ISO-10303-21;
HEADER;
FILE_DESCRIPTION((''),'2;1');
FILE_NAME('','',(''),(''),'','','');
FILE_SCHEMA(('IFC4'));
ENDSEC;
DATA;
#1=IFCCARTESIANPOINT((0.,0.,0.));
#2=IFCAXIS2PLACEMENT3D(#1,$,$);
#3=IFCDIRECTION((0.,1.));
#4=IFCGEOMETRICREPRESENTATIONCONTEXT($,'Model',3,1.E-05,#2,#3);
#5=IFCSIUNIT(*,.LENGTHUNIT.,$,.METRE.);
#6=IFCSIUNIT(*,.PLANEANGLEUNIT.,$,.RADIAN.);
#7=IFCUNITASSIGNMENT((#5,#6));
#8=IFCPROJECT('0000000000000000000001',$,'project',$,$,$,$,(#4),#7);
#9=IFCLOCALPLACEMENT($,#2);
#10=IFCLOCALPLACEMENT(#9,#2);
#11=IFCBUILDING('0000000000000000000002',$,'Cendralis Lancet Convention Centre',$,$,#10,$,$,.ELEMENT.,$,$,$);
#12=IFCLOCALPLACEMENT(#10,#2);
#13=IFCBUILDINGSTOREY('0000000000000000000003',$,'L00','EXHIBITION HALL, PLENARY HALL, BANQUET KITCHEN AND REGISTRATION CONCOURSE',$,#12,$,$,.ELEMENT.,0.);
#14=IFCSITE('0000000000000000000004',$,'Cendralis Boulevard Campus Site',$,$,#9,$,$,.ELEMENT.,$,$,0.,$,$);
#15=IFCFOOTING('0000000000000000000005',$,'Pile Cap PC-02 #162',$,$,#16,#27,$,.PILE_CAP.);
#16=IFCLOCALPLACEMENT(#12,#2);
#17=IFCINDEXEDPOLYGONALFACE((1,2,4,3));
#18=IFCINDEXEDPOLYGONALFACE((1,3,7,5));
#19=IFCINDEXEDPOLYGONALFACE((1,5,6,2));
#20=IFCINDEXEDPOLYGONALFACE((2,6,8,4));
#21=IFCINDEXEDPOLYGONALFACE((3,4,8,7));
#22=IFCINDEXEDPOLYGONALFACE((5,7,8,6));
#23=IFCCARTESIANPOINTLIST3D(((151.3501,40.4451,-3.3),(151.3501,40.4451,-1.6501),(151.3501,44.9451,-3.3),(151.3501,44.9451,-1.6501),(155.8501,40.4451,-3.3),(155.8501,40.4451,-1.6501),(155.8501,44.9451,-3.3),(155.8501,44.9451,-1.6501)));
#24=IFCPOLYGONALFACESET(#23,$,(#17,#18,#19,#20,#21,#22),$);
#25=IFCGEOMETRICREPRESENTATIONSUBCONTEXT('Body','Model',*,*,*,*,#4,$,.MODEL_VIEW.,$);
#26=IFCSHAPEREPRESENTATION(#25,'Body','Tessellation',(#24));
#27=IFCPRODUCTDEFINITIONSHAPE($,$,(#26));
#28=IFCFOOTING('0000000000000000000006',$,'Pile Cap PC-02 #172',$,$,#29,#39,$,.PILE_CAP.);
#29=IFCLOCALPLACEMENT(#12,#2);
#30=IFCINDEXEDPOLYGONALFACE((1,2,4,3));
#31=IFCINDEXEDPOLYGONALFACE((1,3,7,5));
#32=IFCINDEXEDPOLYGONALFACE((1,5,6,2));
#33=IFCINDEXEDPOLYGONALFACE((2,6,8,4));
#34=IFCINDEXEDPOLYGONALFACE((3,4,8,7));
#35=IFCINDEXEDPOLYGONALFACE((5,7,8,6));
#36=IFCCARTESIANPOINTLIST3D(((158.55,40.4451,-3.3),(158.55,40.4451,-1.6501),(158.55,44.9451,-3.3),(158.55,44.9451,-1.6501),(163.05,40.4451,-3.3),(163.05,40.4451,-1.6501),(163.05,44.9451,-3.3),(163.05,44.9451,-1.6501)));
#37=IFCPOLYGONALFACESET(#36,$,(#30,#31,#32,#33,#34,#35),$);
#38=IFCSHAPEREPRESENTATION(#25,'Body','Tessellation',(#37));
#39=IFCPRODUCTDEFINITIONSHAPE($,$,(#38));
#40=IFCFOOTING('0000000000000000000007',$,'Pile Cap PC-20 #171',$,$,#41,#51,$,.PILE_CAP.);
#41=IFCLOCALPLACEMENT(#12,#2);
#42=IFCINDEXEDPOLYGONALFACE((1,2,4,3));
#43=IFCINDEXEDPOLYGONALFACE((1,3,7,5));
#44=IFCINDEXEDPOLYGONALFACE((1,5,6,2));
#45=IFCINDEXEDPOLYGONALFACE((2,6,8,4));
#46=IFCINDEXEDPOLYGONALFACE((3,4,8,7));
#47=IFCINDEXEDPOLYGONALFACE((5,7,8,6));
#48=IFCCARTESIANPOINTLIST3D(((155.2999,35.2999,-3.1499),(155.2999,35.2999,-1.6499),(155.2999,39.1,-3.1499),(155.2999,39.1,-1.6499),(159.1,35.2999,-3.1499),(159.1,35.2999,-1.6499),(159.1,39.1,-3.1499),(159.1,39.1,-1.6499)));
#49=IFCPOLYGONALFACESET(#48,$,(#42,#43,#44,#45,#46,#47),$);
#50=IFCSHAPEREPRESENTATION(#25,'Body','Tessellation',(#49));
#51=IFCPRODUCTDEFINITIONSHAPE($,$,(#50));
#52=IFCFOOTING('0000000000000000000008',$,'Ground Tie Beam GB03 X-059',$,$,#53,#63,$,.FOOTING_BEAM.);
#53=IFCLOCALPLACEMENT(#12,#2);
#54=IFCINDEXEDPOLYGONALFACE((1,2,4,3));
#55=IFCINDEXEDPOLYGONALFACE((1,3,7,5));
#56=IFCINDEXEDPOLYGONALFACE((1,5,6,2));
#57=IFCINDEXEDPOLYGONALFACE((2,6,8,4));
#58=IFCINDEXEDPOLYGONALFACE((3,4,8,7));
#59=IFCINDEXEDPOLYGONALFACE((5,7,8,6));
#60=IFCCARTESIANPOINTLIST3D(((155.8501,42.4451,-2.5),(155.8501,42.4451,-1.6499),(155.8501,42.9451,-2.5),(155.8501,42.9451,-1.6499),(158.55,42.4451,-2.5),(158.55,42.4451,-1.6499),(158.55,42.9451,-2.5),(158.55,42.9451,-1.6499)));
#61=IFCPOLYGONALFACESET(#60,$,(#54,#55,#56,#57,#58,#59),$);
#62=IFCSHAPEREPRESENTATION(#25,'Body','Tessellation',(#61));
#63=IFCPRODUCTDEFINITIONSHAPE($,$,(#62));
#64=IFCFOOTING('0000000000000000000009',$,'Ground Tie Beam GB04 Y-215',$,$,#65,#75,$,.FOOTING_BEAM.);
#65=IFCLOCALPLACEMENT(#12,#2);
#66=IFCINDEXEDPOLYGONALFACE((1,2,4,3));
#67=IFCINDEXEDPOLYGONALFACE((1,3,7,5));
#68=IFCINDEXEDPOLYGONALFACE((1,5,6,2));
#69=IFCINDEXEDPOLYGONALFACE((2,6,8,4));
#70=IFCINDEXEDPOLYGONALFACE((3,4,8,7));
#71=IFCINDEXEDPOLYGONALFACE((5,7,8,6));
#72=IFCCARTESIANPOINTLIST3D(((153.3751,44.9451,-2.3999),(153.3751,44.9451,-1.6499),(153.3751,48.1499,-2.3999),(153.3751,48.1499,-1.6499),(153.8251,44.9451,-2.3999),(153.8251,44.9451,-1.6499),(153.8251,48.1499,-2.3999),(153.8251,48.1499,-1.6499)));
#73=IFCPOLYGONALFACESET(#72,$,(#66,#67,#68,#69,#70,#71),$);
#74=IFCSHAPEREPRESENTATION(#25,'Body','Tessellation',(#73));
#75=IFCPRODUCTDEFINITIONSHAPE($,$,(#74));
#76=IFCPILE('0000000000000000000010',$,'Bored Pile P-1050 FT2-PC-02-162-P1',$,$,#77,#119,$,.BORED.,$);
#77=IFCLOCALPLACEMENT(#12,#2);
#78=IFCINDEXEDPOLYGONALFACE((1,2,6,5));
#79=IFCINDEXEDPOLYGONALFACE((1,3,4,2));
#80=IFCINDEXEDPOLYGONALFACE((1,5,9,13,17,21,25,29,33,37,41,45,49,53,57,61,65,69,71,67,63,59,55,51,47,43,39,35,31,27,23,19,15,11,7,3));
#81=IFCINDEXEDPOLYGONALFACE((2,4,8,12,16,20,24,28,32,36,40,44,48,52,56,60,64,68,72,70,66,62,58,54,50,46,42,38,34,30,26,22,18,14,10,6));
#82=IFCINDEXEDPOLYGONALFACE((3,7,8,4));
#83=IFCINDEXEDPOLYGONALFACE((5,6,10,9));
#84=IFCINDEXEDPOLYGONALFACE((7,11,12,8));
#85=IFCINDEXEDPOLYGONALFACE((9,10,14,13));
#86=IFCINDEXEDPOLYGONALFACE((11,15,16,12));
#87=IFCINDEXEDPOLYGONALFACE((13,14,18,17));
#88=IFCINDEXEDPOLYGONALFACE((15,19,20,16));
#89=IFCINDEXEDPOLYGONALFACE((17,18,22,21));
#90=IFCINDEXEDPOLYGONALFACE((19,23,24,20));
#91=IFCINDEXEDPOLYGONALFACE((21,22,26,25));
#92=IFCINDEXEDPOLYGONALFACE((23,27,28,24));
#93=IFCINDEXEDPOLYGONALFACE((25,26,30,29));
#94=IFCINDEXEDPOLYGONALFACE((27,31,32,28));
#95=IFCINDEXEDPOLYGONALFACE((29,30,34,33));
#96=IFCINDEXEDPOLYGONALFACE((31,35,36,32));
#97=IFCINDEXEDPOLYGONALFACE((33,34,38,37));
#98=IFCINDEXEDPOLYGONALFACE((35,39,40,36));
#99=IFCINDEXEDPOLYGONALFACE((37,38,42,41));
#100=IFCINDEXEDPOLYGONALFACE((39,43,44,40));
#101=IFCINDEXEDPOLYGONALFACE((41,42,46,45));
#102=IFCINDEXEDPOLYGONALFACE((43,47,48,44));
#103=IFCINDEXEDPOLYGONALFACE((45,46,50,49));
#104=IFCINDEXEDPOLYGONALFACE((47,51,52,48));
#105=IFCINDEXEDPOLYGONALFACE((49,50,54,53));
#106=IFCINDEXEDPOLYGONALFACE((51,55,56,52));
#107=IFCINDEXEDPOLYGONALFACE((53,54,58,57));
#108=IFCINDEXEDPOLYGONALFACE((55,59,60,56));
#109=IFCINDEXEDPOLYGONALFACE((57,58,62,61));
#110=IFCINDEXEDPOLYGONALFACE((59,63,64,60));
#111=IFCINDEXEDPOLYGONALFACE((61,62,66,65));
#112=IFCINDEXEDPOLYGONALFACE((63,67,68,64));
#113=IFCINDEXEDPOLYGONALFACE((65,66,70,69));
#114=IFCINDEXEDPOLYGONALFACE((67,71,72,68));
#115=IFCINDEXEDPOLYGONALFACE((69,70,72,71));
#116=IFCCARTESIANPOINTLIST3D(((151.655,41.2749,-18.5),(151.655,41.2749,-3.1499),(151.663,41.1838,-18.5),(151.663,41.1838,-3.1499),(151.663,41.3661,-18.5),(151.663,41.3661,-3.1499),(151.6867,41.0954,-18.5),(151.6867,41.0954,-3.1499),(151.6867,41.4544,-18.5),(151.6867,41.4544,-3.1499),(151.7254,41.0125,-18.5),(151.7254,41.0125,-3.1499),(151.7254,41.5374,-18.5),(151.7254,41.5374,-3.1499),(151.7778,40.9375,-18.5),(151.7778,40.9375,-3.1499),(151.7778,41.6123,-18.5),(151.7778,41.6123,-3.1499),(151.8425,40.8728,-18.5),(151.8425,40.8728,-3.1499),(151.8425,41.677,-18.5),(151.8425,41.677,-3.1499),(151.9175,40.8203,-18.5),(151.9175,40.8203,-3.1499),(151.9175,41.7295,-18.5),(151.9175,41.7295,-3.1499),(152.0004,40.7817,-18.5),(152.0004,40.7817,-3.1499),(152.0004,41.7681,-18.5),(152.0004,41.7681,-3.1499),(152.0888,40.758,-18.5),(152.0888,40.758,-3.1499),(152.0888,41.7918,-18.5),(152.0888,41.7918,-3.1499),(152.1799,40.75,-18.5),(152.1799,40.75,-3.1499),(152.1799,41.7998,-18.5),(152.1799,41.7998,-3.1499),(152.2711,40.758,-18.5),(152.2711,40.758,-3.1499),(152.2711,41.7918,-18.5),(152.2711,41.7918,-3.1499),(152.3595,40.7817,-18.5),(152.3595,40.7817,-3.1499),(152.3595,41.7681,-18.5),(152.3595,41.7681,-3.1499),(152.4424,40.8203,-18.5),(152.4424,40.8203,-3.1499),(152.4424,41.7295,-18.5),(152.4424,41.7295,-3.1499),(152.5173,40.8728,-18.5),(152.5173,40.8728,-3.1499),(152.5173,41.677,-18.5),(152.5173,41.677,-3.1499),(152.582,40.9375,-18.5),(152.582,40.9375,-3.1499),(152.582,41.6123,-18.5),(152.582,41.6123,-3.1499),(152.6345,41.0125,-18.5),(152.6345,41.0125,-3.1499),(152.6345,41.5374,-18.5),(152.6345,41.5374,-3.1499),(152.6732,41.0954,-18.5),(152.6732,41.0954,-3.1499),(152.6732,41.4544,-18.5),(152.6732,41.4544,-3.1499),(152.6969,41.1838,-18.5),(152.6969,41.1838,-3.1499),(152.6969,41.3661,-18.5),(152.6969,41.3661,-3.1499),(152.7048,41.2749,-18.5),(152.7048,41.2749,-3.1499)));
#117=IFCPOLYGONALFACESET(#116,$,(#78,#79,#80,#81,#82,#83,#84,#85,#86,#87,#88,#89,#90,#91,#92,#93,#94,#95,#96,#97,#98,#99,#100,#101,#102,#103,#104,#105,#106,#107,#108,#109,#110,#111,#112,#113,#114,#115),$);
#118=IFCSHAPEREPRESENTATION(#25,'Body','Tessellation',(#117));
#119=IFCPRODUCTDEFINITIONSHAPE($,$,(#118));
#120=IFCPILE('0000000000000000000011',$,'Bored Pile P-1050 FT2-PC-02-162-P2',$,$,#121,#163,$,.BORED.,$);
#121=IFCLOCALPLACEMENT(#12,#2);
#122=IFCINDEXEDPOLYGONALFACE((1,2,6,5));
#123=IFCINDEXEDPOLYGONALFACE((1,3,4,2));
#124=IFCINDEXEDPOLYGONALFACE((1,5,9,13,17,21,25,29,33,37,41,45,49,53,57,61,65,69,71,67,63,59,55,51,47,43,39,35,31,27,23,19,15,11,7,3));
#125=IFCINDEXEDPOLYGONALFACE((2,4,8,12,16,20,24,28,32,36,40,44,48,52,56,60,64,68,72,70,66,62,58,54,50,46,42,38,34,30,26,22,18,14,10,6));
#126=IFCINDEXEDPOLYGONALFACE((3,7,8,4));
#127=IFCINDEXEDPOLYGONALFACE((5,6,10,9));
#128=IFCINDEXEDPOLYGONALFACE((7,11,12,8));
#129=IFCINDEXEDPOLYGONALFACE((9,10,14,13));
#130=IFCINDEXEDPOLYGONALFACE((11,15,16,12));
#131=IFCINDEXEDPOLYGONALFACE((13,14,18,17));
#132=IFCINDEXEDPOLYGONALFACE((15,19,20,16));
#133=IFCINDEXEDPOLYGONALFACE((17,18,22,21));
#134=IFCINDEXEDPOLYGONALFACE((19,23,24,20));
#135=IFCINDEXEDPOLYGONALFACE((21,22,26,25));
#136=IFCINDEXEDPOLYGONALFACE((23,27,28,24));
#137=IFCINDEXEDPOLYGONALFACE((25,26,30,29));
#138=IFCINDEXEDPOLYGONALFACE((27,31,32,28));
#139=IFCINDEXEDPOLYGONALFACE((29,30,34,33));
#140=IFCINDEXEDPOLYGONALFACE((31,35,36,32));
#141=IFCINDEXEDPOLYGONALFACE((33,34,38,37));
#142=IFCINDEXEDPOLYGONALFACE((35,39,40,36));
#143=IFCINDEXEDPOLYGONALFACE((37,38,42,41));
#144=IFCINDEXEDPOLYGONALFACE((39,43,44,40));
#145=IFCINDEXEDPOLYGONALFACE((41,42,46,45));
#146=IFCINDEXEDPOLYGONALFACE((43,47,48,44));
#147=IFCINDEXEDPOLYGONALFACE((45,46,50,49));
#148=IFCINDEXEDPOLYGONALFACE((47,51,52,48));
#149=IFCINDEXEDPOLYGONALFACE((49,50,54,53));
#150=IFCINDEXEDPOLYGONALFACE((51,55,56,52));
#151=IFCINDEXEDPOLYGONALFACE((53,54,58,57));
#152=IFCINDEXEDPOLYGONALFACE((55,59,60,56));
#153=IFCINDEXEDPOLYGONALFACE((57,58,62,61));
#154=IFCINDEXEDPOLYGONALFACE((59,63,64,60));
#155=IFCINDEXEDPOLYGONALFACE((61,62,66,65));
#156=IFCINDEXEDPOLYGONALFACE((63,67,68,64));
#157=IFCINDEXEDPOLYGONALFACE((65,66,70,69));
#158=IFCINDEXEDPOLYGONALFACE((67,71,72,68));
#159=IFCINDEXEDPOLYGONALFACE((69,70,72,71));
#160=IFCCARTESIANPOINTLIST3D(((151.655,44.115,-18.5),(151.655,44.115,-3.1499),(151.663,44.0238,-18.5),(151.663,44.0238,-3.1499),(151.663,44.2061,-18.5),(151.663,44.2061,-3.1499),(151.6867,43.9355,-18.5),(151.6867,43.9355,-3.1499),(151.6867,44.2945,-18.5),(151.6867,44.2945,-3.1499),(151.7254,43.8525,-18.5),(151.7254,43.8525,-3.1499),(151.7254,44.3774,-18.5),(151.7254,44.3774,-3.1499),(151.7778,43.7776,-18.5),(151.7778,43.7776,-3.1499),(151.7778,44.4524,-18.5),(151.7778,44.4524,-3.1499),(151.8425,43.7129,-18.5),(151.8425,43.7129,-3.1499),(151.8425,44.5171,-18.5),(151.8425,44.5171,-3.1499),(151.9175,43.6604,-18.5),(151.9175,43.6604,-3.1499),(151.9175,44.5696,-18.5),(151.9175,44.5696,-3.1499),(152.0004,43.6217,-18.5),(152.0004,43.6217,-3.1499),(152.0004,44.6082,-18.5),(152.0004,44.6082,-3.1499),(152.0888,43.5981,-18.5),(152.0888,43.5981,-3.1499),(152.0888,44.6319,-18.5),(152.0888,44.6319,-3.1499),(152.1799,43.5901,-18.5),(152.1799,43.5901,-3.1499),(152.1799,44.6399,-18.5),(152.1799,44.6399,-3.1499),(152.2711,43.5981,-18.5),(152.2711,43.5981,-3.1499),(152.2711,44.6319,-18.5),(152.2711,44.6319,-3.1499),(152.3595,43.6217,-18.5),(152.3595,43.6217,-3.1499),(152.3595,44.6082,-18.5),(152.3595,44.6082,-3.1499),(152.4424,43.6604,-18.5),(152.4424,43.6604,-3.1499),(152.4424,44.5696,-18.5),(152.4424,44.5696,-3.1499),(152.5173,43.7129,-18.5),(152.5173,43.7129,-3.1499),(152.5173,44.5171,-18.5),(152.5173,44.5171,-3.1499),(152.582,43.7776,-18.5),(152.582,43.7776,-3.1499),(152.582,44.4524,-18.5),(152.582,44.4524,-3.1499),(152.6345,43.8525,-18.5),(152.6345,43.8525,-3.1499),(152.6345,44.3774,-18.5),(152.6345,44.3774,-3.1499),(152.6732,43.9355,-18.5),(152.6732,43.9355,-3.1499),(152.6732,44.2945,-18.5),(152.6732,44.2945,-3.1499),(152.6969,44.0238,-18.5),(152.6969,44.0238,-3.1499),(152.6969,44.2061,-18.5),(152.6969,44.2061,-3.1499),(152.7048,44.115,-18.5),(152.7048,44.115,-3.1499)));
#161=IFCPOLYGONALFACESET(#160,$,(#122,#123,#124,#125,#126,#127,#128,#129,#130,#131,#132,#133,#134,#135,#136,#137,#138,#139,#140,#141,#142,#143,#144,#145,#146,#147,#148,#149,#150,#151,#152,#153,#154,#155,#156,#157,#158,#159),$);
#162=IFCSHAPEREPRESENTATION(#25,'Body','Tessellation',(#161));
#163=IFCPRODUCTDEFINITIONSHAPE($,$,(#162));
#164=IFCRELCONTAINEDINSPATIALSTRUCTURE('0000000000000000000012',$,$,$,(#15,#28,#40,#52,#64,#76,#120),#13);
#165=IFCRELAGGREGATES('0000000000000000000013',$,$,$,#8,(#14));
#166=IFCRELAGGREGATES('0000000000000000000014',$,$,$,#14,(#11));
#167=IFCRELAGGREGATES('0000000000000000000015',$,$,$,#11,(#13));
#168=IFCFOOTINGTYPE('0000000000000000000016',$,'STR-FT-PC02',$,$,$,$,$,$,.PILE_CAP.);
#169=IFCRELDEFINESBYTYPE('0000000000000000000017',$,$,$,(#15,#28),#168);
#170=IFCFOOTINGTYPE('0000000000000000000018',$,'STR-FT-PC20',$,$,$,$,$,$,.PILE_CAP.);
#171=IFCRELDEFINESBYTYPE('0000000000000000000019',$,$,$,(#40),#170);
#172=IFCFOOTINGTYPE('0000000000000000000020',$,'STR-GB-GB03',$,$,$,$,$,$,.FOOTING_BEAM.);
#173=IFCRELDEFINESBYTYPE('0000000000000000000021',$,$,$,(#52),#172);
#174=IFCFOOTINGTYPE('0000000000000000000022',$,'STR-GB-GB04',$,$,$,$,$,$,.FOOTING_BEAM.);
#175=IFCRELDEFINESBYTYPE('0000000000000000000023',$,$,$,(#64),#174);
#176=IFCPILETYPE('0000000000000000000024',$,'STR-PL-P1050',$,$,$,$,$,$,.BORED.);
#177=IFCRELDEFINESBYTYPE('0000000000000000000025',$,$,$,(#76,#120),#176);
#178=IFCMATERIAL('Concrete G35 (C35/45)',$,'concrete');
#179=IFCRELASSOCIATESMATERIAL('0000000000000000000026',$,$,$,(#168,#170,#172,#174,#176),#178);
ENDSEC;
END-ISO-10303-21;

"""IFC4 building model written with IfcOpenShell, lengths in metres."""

from ifc_helpers import new_model, si_unit, direction, frame, origin, origin_2d, place, context, subcontext, project, spatial, rectangle, circle, extrude, material, material_profile, profile_set, type_object, element, save


model = new_model("IFC4")

# Units and contexts
model_context = context("Model", 3, precision=1e-05, world=origin(), true_north=direction((0.0, 1.0)))
body_context = subcontext(model_context, "Body", "Model", "MODEL_VIEW")
ifc_project = project(units=[si_unit("LENGTHUNIT", "METRE"), si_unit("PLANEANGLEUNIT", "RADIAN")], contexts=[model_context])

# Site, building, storey
site_placement = place(None, origin())
site = spatial("IfcSite", under=ifc_project, at=site_placement, Name="Cendralis Boulevard Campus Site", CompositionType="ELEMENT", RefElevation=0.0)
building_placement = place(site_placement, origin())
building = spatial("IfcBuilding", under=site, at=building_placement, Name="Cendralis Lancet Convention Centre", CompositionType="ELEMENT")
storey_placement = place(building_placement, origin())
storey = spatial("IfcBuildingStorey", under=building, at=storey_placement, Name="L00", Description="EXHIBITION HALL, PLENARY HALL, BANQUET KITCHEN AND REGISTRATION CONCOURSE", CompositionType="ELEMENT", Elevation=0.0)

# Footings
ifc_material_1 = material(Name="Concrete G35 (C35/45)", Category="concrete")
footing_type_1 = type_object("IfcFootingType", Name="STR-FT-PC02", PredefinedType="PILE_CAP", material=ifc_material_1)
for number, where, z_axis, x_axis, name in (
    (1, (153.6001, 42.6951, -3.3), (0.0, 0.0, 1.0), (1.0, 0.0, 0.0), "Pile Cap PC-02 #162"),
    (2, (160.8, 42.6951, -3.3), (0.0, 0.0, 1.0), (1.0, 0.0, 0.0), "Pile Cap PC-02 #172"),
):
    element("IfcFooting", number, at=place(storey_placement, frame(where, z_axis=z_axis, x_axis=x_axis)), inside=storey, type_object=footing_type_1, Name=name, PredefinedType="PILE_CAP", context=body_context, shape_type="SweptSolid", body=[
        extrude(rectangle(XDim=4.5, YDim=4.5, at=origin_2d()), origin(), (0.0, 0.0, 1.0), 1.6499),
    ])
footing_type_2 = type_object("IfcFootingType", Name="STR-FT-PC20", PredefinedType="PILE_CAP", material=ifc_material_1)
footing_1_placement = place(storey_placement, frame((157.2, 37.2, -3.1499), z_axis=(0.0, 0.0, 1.0), x_axis=(1.0, 0.0, 0.0)))
element("IfcFooting", 3, at=footing_1_placement, inside=storey, type_object=footing_type_2, Name="Pile Cap PC-20 #171", PredefinedType="PILE_CAP", context=body_context, shape_type="SweptSolid", body=[
    extrude(rectangle(XDim=3.8, YDim=3.8, at=origin_2d()), origin(), (0.0, 0.0, 1.0), 1.5),
])
ifc_material_profile_1 = material_profile(ifc_material_1, rectangle(XDim=0.5, YDim=0.8501, at=origin_2d()), Name="RCB 500x850")
ifc_profile_set_1 = profile_set([ifc_material_profile_1], Name="Concrete G35 (C35/45)")
footing_type_3 = type_object("IfcFootingType", Name="STR-GB-GB03", PredefinedType="FOOTING_BEAM", material=ifc_profile_set_1)
footing_2_placement = place(storey_placement, frame((155.8501, 42.6951, -2.075), z_axis=(1.0, 0.0, 0.0), x_axis=(0.0, 1.0, 0.0)))
element("IfcFooting", 4, at=footing_2_placement, inside=storey, type_object=footing_type_3, Name="Ground Tie Beam GB03 X-059", PredefinedType="FOOTING_BEAM", context=body_context, shape_type="SweptSolid", body=[
    extrude(rectangle(XDim=0.5, YDim=0.8501, at=origin_2d()), origin(), (0.0, 0.0, 1.0), 2.7),
])
ifc_material_profile_2 = material_profile(ifc_material_1, rectangle(XDim=0.45, YDim=0.75, at=origin_2d()), Name="RCB 450x750")
ifc_profile_set_2 = profile_set([ifc_material_profile_2], Name="Concrete G35 (C35/45)")
footing_type_4 = type_object("IfcFootingType", Name="STR-GB-GB04", PredefinedType="FOOTING_BEAM", material=ifc_profile_set_2)
footing_3_placement = place(storey_placement, frame((153.6001, 44.9451, -2.0249), z_axis=(0.0, 1.0, 0.0), x_axis=(-1.0, 0.0, 0.0)))
element("IfcFooting", 5, at=footing_3_placement, inside=storey, type_object=footing_type_4, Name="Ground Tie Beam GB04 Y-215", PredefinedType="FOOTING_BEAM", context=body_context, shape_type="SweptSolid", body=[
    extrude(rectangle(XDim=0.45, YDim=0.75, at=origin_2d()), origin(), (0.0, 0.0, 1.0), 3.2048),
])

# Piles
ifc_material_profile_3 = material_profile(ifc_material_1, circle(Radius=0.5249, at=origin_2d()), Name="BORED PILE D1050")
ifc_profile_set_3 = profile_set([ifc_material_profile_3], Name="Concrete G35 (C35/45)")
pile_type_1 = type_object("IfcPileType", Name="STR-PL-P1050", PredefinedType="BORED", material=ifc_profile_set_3)
for number, where, z_axis, x_axis, name in (
    (6, (152.1799, 41.2749, -3.1499), (0.0, 0.0, -1.0), (1.0, 0.0, 0.0), "Bored Pile P-1050 FT2-PC-02-162-P1"),
    (7, (152.1799, 44.115, -3.1499), (0.0, 0.0, -1.0), (1.0, 0.0, 0.0), "Bored Pile P-1050 FT2-PC-02-162-P2"),
):
    element("IfcPile", number, at=place(storey_placement, frame(where, z_axis=z_axis, x_axis=x_axis)), inside=storey, type_object=pile_type_1, Name=name, PredefinedType="BORED", context=body_context, shape_type="SweptSolid", body=[
        extrude(circle(Radius=0.5249, at=origin_2d()), origin(), (0.0, 0.0, 1.0), 15.3501),
    ])

save(model, "model.ifc")
